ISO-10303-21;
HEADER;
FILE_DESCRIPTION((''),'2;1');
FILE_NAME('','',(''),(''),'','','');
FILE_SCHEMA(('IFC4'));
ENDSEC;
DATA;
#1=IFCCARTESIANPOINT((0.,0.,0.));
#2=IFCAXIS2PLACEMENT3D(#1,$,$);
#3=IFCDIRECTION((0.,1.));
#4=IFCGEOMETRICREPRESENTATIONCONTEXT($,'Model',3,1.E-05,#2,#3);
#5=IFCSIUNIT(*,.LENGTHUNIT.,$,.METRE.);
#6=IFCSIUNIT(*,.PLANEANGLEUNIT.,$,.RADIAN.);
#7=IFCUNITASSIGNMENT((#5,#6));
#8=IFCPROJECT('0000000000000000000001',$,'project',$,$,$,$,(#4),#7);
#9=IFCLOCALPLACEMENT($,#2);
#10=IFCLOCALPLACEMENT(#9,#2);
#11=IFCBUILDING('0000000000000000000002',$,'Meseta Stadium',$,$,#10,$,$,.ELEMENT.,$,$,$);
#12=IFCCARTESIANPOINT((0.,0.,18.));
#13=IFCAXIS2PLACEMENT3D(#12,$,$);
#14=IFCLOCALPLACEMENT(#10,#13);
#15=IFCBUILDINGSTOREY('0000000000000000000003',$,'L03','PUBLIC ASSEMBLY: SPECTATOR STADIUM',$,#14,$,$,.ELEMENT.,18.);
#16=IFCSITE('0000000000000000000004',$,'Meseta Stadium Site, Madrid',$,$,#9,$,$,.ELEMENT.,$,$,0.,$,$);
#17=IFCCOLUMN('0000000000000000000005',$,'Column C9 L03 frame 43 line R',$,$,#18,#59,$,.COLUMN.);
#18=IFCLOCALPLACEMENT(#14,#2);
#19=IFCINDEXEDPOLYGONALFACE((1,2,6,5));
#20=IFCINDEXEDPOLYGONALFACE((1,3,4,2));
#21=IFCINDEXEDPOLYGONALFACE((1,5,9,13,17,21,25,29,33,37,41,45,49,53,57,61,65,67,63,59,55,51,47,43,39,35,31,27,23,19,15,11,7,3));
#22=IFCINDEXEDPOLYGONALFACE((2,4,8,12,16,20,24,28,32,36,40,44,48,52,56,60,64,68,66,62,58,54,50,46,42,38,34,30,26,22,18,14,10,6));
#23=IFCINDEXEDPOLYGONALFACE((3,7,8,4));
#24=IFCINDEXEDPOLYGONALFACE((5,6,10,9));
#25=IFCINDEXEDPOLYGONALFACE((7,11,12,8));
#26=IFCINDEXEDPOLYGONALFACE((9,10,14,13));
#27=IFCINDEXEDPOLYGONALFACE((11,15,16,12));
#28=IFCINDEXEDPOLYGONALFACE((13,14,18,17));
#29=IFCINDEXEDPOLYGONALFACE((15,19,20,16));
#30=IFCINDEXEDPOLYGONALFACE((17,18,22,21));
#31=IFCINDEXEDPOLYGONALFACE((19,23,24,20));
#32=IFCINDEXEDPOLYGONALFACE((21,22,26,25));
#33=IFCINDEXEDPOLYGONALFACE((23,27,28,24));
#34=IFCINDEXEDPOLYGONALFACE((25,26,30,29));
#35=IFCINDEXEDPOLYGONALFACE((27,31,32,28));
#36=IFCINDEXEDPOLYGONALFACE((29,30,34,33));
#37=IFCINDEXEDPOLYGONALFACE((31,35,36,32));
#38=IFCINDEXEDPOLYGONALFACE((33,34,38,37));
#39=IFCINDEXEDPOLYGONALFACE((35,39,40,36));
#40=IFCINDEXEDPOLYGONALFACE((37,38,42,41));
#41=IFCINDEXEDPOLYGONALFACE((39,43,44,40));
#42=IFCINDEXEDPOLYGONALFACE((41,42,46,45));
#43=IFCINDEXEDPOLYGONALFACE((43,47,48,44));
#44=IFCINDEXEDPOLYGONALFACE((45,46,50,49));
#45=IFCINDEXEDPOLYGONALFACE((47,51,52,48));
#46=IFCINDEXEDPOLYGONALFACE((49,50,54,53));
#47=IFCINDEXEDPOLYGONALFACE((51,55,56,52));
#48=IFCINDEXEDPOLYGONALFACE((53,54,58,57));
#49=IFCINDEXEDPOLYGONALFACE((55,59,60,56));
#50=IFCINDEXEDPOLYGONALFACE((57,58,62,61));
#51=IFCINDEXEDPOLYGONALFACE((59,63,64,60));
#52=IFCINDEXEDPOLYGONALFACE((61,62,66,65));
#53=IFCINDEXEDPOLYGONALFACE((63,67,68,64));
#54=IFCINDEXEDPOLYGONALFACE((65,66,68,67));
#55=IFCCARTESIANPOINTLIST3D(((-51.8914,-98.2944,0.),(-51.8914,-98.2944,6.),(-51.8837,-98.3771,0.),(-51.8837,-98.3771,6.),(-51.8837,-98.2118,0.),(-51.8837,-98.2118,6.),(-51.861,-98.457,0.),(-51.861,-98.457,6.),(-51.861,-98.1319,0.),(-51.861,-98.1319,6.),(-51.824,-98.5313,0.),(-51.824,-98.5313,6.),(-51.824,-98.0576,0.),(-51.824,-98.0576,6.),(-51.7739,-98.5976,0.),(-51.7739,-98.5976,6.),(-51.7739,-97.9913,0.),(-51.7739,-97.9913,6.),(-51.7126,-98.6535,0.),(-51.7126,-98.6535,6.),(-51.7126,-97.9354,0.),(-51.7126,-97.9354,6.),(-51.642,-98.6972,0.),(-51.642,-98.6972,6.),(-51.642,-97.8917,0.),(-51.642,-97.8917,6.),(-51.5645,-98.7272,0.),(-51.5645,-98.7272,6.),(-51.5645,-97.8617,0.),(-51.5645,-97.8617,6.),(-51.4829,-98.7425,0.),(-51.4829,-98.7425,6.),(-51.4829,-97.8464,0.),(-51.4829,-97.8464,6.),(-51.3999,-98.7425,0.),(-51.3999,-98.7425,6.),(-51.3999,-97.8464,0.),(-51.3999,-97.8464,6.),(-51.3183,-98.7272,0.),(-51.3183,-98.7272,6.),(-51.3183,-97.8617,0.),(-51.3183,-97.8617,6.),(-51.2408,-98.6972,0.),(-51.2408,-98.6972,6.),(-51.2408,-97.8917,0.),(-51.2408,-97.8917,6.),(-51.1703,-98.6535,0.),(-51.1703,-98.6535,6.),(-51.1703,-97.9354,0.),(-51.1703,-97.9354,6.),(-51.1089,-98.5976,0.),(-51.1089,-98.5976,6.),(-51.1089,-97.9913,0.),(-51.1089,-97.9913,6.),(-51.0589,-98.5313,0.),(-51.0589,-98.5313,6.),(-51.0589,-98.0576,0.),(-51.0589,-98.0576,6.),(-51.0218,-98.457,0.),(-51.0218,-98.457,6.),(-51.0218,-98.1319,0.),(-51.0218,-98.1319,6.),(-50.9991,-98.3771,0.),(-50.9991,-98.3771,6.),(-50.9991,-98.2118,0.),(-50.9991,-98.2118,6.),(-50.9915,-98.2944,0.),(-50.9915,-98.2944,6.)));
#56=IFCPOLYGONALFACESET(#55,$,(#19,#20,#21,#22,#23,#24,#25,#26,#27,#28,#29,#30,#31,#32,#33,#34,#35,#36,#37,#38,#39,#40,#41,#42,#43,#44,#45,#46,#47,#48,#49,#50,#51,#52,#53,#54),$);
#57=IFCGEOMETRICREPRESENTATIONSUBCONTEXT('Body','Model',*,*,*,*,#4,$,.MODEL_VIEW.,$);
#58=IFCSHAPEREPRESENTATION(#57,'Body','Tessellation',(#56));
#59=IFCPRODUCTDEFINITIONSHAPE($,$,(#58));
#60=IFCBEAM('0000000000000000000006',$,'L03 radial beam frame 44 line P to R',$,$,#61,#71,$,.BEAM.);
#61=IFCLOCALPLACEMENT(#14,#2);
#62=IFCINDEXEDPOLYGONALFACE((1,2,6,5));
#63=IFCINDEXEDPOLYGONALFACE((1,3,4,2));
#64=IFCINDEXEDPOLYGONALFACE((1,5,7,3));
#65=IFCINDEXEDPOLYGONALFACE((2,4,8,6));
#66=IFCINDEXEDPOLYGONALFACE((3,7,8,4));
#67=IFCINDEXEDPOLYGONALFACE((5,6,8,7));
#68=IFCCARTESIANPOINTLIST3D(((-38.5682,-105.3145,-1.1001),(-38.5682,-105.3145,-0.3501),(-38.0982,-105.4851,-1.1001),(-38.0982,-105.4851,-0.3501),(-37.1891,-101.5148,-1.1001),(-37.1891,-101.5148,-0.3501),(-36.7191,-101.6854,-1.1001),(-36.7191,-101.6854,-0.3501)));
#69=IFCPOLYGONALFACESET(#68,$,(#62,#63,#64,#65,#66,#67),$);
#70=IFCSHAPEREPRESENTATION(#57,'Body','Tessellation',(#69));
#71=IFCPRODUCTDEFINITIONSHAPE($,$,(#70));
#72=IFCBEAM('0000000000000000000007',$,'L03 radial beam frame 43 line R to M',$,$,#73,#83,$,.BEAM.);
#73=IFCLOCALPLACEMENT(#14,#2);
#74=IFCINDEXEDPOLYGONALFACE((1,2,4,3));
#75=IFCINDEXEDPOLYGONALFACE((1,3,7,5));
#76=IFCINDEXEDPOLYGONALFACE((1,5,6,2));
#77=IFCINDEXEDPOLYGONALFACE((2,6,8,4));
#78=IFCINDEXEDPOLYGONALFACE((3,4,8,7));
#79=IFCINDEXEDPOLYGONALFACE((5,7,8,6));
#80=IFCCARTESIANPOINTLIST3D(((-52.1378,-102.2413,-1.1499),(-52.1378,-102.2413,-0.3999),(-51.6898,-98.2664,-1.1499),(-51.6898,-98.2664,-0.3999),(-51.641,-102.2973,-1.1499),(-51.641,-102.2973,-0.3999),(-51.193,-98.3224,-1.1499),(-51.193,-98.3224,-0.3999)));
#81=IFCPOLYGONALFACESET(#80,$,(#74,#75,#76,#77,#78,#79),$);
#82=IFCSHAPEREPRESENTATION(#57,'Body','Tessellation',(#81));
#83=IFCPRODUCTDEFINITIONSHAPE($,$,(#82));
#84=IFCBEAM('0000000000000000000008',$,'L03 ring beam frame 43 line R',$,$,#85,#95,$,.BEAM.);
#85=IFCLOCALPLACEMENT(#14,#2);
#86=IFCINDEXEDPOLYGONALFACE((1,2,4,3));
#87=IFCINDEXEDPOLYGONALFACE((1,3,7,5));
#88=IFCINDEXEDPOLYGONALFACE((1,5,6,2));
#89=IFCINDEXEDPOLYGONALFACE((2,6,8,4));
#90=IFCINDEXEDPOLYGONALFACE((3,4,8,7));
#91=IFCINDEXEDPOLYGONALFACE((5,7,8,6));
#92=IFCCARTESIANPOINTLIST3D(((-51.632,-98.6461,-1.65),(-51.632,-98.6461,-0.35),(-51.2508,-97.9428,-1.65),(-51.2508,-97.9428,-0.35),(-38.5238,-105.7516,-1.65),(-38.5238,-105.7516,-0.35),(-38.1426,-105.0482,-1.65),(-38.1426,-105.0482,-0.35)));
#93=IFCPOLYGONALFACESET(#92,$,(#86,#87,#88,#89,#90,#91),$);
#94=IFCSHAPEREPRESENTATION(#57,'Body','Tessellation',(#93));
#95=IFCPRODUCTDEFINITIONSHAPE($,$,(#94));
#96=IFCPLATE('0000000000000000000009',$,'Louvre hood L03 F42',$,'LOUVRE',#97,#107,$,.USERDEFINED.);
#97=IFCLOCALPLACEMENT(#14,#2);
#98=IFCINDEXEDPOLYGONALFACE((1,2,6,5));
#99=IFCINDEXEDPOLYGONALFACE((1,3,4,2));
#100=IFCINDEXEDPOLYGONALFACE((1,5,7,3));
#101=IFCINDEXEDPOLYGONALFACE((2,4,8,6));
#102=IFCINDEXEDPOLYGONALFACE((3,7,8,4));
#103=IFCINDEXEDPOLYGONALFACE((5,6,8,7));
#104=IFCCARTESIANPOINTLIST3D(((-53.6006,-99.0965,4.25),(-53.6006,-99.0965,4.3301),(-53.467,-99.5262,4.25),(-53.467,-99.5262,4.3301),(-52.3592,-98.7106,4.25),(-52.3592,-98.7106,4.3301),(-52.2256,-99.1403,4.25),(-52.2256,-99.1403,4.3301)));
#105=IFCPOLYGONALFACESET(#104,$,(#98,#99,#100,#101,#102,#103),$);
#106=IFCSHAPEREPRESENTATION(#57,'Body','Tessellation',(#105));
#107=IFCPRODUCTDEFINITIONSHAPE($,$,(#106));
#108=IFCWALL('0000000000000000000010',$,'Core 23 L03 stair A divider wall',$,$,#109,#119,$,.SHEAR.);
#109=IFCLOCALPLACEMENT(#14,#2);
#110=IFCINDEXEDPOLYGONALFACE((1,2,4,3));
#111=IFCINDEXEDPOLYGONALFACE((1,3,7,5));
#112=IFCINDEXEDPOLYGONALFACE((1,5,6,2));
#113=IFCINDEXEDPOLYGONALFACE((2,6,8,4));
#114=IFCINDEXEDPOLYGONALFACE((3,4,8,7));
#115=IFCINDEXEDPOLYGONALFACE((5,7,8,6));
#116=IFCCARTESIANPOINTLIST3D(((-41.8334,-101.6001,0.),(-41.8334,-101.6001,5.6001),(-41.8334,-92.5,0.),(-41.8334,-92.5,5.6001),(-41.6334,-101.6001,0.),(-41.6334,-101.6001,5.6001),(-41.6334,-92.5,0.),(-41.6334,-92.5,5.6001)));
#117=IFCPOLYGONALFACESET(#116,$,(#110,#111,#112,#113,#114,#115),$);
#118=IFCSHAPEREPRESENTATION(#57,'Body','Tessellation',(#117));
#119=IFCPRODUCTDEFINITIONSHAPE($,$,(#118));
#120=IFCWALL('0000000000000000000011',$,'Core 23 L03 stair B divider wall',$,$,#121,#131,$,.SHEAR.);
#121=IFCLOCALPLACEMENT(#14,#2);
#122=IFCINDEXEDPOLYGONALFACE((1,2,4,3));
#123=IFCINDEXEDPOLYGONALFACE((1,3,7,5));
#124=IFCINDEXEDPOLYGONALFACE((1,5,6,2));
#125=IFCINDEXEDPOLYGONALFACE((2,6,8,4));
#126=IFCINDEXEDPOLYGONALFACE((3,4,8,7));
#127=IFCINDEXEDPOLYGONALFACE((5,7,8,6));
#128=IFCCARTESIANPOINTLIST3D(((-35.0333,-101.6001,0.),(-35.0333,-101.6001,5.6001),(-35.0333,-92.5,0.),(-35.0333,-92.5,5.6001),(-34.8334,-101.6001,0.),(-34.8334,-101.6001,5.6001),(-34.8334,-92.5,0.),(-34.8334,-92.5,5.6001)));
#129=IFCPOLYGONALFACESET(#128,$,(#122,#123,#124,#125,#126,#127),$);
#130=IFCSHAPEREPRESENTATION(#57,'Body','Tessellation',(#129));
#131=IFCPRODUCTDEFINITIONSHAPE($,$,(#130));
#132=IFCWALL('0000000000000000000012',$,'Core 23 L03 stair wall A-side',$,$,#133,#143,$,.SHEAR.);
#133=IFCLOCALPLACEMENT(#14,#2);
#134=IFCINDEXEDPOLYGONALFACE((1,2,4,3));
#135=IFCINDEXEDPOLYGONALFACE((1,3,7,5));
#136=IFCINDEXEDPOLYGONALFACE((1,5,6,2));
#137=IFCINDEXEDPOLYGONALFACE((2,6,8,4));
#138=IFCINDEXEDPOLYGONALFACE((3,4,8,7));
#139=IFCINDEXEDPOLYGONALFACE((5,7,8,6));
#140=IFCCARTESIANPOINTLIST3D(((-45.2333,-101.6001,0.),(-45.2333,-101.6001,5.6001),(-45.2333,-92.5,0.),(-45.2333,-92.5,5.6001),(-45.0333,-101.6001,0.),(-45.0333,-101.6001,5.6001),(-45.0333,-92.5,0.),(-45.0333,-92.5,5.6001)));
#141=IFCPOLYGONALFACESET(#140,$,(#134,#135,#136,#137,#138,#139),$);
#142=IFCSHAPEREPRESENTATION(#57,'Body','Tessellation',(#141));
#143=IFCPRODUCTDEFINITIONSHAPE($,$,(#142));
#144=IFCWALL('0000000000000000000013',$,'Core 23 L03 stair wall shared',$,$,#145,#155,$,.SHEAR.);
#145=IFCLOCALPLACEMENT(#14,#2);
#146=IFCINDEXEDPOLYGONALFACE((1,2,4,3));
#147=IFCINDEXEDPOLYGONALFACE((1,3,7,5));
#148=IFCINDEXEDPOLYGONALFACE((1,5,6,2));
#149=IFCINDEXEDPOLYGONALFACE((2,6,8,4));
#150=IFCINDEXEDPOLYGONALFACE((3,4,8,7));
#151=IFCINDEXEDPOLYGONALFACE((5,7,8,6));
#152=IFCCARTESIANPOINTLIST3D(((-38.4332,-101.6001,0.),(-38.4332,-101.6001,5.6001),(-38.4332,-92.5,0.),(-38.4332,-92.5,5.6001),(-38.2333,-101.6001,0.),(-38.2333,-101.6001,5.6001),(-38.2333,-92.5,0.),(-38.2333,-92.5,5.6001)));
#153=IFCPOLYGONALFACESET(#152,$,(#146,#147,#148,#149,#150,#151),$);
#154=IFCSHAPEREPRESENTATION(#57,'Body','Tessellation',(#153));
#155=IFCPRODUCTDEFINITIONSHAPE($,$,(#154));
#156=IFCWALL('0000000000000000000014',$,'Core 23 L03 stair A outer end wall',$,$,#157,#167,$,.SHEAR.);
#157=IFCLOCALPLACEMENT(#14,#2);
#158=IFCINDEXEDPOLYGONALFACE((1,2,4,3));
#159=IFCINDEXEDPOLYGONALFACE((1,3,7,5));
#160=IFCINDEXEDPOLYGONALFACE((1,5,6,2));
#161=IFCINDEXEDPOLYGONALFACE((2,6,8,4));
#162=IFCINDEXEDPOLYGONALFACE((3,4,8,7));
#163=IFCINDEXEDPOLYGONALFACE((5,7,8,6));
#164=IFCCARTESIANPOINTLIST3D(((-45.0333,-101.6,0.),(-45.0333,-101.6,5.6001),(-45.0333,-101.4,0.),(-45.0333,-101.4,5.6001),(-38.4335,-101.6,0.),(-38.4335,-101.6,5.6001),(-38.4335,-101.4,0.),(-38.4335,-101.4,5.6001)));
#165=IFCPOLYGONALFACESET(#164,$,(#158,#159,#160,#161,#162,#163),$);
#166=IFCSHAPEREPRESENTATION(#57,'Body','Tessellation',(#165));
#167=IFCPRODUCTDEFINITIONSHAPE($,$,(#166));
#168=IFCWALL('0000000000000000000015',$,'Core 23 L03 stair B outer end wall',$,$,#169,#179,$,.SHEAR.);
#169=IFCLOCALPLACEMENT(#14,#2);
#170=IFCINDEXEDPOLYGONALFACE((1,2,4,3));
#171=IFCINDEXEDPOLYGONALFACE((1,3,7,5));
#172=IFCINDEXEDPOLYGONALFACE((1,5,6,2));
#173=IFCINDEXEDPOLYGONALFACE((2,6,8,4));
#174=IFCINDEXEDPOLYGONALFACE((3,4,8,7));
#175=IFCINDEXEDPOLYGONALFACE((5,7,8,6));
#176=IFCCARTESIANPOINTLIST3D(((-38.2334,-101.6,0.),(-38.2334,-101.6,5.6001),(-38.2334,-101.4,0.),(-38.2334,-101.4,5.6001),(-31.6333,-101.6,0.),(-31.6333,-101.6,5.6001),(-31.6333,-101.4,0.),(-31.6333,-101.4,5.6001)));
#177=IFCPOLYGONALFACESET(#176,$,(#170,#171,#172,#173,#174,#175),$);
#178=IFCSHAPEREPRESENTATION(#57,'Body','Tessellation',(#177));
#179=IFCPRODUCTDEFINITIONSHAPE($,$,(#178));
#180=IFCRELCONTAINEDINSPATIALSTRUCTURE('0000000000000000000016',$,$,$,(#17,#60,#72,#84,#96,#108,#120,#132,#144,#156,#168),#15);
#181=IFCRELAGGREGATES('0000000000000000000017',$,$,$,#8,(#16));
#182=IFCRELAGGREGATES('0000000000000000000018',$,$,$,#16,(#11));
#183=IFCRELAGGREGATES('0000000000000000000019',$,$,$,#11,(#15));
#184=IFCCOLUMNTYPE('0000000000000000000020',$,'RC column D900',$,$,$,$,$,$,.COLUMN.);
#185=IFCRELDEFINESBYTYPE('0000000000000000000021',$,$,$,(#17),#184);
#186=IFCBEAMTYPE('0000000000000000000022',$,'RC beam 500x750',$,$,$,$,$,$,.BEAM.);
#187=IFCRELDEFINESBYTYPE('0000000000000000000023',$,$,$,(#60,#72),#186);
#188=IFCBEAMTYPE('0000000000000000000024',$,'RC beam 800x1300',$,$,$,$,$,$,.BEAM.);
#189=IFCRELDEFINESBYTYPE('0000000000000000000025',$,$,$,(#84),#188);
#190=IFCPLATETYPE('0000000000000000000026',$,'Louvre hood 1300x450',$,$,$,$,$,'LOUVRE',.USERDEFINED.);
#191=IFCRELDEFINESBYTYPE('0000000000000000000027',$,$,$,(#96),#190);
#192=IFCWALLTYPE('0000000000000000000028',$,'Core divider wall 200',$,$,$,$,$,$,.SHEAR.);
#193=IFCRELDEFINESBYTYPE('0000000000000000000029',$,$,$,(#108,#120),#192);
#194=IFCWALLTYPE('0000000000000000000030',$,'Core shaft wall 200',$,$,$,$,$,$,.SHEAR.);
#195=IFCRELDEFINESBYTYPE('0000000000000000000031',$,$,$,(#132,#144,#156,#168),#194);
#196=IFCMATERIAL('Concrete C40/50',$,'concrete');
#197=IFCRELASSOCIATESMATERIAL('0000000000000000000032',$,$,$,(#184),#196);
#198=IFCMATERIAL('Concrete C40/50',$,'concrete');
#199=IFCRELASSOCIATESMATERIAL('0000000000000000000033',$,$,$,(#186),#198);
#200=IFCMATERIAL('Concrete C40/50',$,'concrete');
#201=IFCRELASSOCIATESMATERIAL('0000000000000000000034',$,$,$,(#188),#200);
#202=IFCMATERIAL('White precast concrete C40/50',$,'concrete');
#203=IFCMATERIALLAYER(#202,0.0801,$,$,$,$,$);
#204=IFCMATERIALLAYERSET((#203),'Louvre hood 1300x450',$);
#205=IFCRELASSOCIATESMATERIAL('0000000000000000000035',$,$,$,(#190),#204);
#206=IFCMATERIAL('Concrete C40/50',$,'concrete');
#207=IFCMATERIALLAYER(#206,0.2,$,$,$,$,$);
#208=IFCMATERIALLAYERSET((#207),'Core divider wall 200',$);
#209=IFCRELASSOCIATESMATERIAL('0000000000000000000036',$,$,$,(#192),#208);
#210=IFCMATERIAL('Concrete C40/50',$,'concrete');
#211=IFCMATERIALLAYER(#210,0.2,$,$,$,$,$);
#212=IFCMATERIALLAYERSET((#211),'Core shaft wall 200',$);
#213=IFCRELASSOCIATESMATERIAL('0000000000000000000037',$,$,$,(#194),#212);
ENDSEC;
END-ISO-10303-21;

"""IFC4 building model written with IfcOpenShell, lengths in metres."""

from ifc_helpers import new_model, si_unit, direction, frame, frame_2d, origin, origin_2d, place, context, subcontext, project, spatial, rectangle, circle, extrude, material, layer, layer_set, material_profile, profile_set, type_object, element, save


model = new_model("IFC4")

# Units and contexts
model_context = context("Model", 3, precision=1e-05, world=origin(), true_north=direction((0.0, 1.0)))
body_context = subcontext(model_context, "Body", "Model", "MODEL_VIEW")
ifc_project = project(units=[si_unit("LENGTHUNIT", "METRE"), si_unit("PLANEANGLEUNIT", "RADIAN")], contexts=[model_context])

# Site, building, storey
site_placement = place(None, origin())
site = spatial("IfcSite", under=ifc_project, at=site_placement, Name="Meseta Stadium Site, Madrid", CompositionType="ELEMENT", RefElevation=0.0)
building_placement = place(site_placement, origin())
building = spatial("IfcBuilding", under=site, at=building_placement, Name="Meseta Stadium", CompositionType="ELEMENT")
storey_placement = place(building_placement, frame((0.0, 0.0, 18.0)))
storey = spatial("IfcBuildingStorey", under=building, at=storey_placement, Name="L03", Description="PUBLIC ASSEMBLY: SPECTATOR STADIUM", CompositionType="ELEMENT", Elevation=18.0)

# Column
ifc_material_1 = material(Name="Concrete C40/50", Category="concrete")
ifc_material_profile_1 = material_profile(ifc_material_1, circle(Radius=0.45, at=origin_2d()), Name="RC D900")
ifc_profile_set_1 = profile_set([ifc_material_profile_1], Name="Concrete C40/50")
column_type = type_object("IfcColumnType", Name="RC column D900", PredefinedType="COLUMN", material=ifc_profile_set_1)
column_placement = place(storey_placement, frame((-51.4414, -98.2944, 0.0), z_axis=(0.0, 0.0, 1.0), x_axis=(1.0, 0.0, 0.0)))
element("IfcColumn", 1, at=column_placement, inside=storey, type_object=column_type, Name="Column C9 L03 frame 43 line R", PredefinedType="COLUMN", context=body_context, shape_type="SweptSolid", body=[
    extrude(circle(Radius=0.45, at=origin_2d()), origin(), (0.0, 0.0, 1.0), 6.0),
])

# Beams
ifc_material_2 = material(Name="Concrete C40/50", Category="concrete")
ifc_material_profile_2 = material_profile(ifc_material_2, rectangle(XDim=0.5, YDim=0.75, at=origin_2d()), Name="RC 500x750")
ifc_profile_set_2 = profile_set([ifc_material_profile_2], Name="Concrete C40/50")
beam_type_1 = type_object("IfcBeamType", Name="RC beam 500x750", PredefinedType="BEAM", material=ifc_profile_set_2)
beam_1_placement = place(storey_placement, frame((-36.9541, -101.6001, -0.7251), z_axis=(-0.341176, -0.94, 0.0), x_axis=(0.94, -0.341176, 0.0)))
element("IfcBeam", 2, at=beam_1_placement, inside=storey, type_object=beam_type_1, Name="L03 radial beam frame 44 line P to R", PredefinedType="BEAM", context=body_context, shape_type="SweptSolid", body=[
    extrude(rectangle(XDim=0.5, YDim=0.75, at=origin_2d()), origin(), (0.0, 0.0, 1.0), 4.0422),
])
beam_2_placement = place(storey_placement, frame((-51.4414, -98.2944, -0.7749), z_axis=(-0.111999, -0.993708, 0.0), x_axis=(0.993708, -0.111999, 0.0)))
element("IfcBeam", 3, at=beam_2_placement, inside=storey, type_object=beam_type_1, Name="L03 radial beam frame 43 line R to M", PredefinedType="BEAM", context=body_context, shape_type="SweptSolid", body=[
    extrude(rectangle(XDim=0.5, YDim=0.75, at=origin_2d()), origin(), (0.0, 0.0, 1.0), 4.0),
])
ifc_material_3 = material(Name="Concrete C40/50", Category="concrete")
ifc_material_profile_3 = material_profile(ifc_material_3, rectangle(XDim=0.8, YDim=1.3, at=origin_2d()), Name="RC 800x1300")
ifc_profile_set_3 = profile_set([ifc_material_profile_3], Name="Concrete C40/50")
beam_type_2 = type_object("IfcBeamType", Name="RC beam 800x1300", PredefinedType="BEAM", material=ifc_profile_set_3)
beam_3_placement = place(storey_placement, frame((-51.4414, -98.2944, -1.0), z_axis=(0.879145, -0.476554, 0.0), x_axis=(0.476554, 0.879145, 0.0)))
element("IfcBeam", 4, at=beam_3_placement, inside=storey, type_object=beam_type_2, Name="L03 ring beam frame 43 line R", PredefinedType="BEAM", context=body_context, shape_type="SweptSolid", body=[
    extrude(rectangle(XDim=0.8, YDim=1.3, at=origin_2d()), origin(), (0.0, 0.0, 1.0), 14.9102),
])

# Plate
ifc_material_4 = material(Name="White precast concrete C40/50", Category="concrete")
ifc_layer_1 = layer(ifc_material_4, 0.0801)
ifc_layer_set_1 = layer_set([ifc_layer_1], Name="Louvre hood 1300x450")
plate_type = type_object("IfcPlateType", Name="Louvre hood 1300x450", ElementType="LOUVRE", PredefinedType="USERDEFINED", material=ifc_layer_set_1)
plate_placement = place(storey_placement, frame((-52.9131, -99.1184, 4.25), z_axis=(0.0, 0.0, 1.0), x_axis=(0.954918, 0.296869, 0.0)))
element("IfcPlate", 5, at=plate_placement, inside=storey, type_object=plate_type, Name="Louvre hood L03 F42", ObjectType="LOUVRE", PredefinedType="USERDEFINED", context=body_context, shape_type="SweptSolid", body=[
    extrude(rectangle(XDim=1.3, YDim=0.45, at=origin_2d()), origin(), (0.0, 0.0, 1.0), 0.0801),
])

# Walls
ifc_material_5 = material(Name="Concrete C40/50", Category="concrete")
ifc_layer_2 = layer(ifc_material_5, 0.2)
ifc_layer_set_2 = layer_set([ifc_layer_2], Name="Core divider wall 200")
wall_type_1 = type_object("IfcWallType", Name="Core divider wall 200", PredefinedType="SHEAR", material=ifc_layer_set_2)
for number, where, z_axis, x_axis, name in (
    (6, (-41.7334, -101.6001, 0.0), (0.0, 0.0, 1.0), (0.0, 1.0, 0.0), "Core 23 L03 stair A divider wall"),
    (7, (-34.9333, -101.6001, 0.0), (0.0, 0.0, 1.0), (0.0, 1.0, 0.0), "Core 23 L03 stair B divider wall"),
):
    element("IfcWall", number, at=place(storey_placement, frame(where, z_axis=z_axis, x_axis=x_axis)), inside=storey, type_object=wall_type_1, Name=name, PredefinedType="SHEAR", context=body_context, shape_type="SweptSolid", body=[
        extrude(rectangle(XDim=9.1001, YDim=0.2, at=frame_2d((4.55, 0.0))), origin(), (0.0, 0.0, 1.0), 5.6001),
    ])
ifc_material_6 = material(Name="Concrete C40/50", Category="concrete")
ifc_layer_3 = layer(ifc_material_6, 0.2)
ifc_layer_set_3 = layer_set([ifc_layer_3], Name="Core shaft wall 200")
wall_type_2 = type_object("IfcWallType", Name="Core shaft wall 200", PredefinedType="SHEAR", material=ifc_layer_set_3)
for number, where, z_axis, x_axis, name in (
    (8, (-45.1333, -101.6001, 0.0), (0.0, 0.0, 1.0), (0.0, 1.0, 0.0), "Core 23 L03 stair wall A-side"),
    (9, (-38.3333, -101.6001, 0.0), (0.0, 0.0, 1.0), (0.0, 1.0, 0.0), "Core 23 L03 stair wall shared"),
):
    element("IfcWall", number, at=place(storey_placement, frame(where, z_axis=z_axis, x_axis=x_axis)), inside=storey, type_object=wall_type_2, Name=name, PredefinedType="SHEAR", context=body_context, shape_type="SweptSolid", body=[
        extrude(rectangle(XDim=9.1001, YDim=0.2, at=frame_2d((4.55, 0.0))), origin(), (0.0, 0.0, 1.0), 5.6001),
    ])
wall_1_placement = place(storey_placement, frame((-45.0332, -101.5, 0.0), z_axis=(0.0, 0.0, 1.0), x_axis=(1.0, 0.0, 0.0)))
element("IfcWall", 10, at=wall_1_placement, inside=storey, type_object=wall_type_2, Name="Core 23 L03 stair A outer end wall", PredefinedType="SHEAR", context=body_context, shape_type="SweptSolid", body=[
    extrude(rectangle(XDim=6.5999, YDim=0.2, at=frame_2d((3.2998, 0.0))), origin(), (0.0, 0.0, 1.0), 5.6001),
])
wall_2_placement = place(storey_placement, frame((-38.2334, -101.5, 0.0), z_axis=(0.0, 0.0, 1.0), x_axis=(1.0, 0.0, 0.0)))
element("IfcWall", 11, at=wall_2_placement, inside=storey, type_object=wall_type_2, Name="Core 23 L03 stair B outer end wall", PredefinedType="SHEAR", context=body_context, shape_type="SweptSolid", body=[
    extrude(rectangle(XDim=6.6001, YDim=0.2, at=frame_2d((3.3, 0.0))), origin(), (0.0, 0.0, 1.0), 5.6001),
])

save(model, "model.ifc")
